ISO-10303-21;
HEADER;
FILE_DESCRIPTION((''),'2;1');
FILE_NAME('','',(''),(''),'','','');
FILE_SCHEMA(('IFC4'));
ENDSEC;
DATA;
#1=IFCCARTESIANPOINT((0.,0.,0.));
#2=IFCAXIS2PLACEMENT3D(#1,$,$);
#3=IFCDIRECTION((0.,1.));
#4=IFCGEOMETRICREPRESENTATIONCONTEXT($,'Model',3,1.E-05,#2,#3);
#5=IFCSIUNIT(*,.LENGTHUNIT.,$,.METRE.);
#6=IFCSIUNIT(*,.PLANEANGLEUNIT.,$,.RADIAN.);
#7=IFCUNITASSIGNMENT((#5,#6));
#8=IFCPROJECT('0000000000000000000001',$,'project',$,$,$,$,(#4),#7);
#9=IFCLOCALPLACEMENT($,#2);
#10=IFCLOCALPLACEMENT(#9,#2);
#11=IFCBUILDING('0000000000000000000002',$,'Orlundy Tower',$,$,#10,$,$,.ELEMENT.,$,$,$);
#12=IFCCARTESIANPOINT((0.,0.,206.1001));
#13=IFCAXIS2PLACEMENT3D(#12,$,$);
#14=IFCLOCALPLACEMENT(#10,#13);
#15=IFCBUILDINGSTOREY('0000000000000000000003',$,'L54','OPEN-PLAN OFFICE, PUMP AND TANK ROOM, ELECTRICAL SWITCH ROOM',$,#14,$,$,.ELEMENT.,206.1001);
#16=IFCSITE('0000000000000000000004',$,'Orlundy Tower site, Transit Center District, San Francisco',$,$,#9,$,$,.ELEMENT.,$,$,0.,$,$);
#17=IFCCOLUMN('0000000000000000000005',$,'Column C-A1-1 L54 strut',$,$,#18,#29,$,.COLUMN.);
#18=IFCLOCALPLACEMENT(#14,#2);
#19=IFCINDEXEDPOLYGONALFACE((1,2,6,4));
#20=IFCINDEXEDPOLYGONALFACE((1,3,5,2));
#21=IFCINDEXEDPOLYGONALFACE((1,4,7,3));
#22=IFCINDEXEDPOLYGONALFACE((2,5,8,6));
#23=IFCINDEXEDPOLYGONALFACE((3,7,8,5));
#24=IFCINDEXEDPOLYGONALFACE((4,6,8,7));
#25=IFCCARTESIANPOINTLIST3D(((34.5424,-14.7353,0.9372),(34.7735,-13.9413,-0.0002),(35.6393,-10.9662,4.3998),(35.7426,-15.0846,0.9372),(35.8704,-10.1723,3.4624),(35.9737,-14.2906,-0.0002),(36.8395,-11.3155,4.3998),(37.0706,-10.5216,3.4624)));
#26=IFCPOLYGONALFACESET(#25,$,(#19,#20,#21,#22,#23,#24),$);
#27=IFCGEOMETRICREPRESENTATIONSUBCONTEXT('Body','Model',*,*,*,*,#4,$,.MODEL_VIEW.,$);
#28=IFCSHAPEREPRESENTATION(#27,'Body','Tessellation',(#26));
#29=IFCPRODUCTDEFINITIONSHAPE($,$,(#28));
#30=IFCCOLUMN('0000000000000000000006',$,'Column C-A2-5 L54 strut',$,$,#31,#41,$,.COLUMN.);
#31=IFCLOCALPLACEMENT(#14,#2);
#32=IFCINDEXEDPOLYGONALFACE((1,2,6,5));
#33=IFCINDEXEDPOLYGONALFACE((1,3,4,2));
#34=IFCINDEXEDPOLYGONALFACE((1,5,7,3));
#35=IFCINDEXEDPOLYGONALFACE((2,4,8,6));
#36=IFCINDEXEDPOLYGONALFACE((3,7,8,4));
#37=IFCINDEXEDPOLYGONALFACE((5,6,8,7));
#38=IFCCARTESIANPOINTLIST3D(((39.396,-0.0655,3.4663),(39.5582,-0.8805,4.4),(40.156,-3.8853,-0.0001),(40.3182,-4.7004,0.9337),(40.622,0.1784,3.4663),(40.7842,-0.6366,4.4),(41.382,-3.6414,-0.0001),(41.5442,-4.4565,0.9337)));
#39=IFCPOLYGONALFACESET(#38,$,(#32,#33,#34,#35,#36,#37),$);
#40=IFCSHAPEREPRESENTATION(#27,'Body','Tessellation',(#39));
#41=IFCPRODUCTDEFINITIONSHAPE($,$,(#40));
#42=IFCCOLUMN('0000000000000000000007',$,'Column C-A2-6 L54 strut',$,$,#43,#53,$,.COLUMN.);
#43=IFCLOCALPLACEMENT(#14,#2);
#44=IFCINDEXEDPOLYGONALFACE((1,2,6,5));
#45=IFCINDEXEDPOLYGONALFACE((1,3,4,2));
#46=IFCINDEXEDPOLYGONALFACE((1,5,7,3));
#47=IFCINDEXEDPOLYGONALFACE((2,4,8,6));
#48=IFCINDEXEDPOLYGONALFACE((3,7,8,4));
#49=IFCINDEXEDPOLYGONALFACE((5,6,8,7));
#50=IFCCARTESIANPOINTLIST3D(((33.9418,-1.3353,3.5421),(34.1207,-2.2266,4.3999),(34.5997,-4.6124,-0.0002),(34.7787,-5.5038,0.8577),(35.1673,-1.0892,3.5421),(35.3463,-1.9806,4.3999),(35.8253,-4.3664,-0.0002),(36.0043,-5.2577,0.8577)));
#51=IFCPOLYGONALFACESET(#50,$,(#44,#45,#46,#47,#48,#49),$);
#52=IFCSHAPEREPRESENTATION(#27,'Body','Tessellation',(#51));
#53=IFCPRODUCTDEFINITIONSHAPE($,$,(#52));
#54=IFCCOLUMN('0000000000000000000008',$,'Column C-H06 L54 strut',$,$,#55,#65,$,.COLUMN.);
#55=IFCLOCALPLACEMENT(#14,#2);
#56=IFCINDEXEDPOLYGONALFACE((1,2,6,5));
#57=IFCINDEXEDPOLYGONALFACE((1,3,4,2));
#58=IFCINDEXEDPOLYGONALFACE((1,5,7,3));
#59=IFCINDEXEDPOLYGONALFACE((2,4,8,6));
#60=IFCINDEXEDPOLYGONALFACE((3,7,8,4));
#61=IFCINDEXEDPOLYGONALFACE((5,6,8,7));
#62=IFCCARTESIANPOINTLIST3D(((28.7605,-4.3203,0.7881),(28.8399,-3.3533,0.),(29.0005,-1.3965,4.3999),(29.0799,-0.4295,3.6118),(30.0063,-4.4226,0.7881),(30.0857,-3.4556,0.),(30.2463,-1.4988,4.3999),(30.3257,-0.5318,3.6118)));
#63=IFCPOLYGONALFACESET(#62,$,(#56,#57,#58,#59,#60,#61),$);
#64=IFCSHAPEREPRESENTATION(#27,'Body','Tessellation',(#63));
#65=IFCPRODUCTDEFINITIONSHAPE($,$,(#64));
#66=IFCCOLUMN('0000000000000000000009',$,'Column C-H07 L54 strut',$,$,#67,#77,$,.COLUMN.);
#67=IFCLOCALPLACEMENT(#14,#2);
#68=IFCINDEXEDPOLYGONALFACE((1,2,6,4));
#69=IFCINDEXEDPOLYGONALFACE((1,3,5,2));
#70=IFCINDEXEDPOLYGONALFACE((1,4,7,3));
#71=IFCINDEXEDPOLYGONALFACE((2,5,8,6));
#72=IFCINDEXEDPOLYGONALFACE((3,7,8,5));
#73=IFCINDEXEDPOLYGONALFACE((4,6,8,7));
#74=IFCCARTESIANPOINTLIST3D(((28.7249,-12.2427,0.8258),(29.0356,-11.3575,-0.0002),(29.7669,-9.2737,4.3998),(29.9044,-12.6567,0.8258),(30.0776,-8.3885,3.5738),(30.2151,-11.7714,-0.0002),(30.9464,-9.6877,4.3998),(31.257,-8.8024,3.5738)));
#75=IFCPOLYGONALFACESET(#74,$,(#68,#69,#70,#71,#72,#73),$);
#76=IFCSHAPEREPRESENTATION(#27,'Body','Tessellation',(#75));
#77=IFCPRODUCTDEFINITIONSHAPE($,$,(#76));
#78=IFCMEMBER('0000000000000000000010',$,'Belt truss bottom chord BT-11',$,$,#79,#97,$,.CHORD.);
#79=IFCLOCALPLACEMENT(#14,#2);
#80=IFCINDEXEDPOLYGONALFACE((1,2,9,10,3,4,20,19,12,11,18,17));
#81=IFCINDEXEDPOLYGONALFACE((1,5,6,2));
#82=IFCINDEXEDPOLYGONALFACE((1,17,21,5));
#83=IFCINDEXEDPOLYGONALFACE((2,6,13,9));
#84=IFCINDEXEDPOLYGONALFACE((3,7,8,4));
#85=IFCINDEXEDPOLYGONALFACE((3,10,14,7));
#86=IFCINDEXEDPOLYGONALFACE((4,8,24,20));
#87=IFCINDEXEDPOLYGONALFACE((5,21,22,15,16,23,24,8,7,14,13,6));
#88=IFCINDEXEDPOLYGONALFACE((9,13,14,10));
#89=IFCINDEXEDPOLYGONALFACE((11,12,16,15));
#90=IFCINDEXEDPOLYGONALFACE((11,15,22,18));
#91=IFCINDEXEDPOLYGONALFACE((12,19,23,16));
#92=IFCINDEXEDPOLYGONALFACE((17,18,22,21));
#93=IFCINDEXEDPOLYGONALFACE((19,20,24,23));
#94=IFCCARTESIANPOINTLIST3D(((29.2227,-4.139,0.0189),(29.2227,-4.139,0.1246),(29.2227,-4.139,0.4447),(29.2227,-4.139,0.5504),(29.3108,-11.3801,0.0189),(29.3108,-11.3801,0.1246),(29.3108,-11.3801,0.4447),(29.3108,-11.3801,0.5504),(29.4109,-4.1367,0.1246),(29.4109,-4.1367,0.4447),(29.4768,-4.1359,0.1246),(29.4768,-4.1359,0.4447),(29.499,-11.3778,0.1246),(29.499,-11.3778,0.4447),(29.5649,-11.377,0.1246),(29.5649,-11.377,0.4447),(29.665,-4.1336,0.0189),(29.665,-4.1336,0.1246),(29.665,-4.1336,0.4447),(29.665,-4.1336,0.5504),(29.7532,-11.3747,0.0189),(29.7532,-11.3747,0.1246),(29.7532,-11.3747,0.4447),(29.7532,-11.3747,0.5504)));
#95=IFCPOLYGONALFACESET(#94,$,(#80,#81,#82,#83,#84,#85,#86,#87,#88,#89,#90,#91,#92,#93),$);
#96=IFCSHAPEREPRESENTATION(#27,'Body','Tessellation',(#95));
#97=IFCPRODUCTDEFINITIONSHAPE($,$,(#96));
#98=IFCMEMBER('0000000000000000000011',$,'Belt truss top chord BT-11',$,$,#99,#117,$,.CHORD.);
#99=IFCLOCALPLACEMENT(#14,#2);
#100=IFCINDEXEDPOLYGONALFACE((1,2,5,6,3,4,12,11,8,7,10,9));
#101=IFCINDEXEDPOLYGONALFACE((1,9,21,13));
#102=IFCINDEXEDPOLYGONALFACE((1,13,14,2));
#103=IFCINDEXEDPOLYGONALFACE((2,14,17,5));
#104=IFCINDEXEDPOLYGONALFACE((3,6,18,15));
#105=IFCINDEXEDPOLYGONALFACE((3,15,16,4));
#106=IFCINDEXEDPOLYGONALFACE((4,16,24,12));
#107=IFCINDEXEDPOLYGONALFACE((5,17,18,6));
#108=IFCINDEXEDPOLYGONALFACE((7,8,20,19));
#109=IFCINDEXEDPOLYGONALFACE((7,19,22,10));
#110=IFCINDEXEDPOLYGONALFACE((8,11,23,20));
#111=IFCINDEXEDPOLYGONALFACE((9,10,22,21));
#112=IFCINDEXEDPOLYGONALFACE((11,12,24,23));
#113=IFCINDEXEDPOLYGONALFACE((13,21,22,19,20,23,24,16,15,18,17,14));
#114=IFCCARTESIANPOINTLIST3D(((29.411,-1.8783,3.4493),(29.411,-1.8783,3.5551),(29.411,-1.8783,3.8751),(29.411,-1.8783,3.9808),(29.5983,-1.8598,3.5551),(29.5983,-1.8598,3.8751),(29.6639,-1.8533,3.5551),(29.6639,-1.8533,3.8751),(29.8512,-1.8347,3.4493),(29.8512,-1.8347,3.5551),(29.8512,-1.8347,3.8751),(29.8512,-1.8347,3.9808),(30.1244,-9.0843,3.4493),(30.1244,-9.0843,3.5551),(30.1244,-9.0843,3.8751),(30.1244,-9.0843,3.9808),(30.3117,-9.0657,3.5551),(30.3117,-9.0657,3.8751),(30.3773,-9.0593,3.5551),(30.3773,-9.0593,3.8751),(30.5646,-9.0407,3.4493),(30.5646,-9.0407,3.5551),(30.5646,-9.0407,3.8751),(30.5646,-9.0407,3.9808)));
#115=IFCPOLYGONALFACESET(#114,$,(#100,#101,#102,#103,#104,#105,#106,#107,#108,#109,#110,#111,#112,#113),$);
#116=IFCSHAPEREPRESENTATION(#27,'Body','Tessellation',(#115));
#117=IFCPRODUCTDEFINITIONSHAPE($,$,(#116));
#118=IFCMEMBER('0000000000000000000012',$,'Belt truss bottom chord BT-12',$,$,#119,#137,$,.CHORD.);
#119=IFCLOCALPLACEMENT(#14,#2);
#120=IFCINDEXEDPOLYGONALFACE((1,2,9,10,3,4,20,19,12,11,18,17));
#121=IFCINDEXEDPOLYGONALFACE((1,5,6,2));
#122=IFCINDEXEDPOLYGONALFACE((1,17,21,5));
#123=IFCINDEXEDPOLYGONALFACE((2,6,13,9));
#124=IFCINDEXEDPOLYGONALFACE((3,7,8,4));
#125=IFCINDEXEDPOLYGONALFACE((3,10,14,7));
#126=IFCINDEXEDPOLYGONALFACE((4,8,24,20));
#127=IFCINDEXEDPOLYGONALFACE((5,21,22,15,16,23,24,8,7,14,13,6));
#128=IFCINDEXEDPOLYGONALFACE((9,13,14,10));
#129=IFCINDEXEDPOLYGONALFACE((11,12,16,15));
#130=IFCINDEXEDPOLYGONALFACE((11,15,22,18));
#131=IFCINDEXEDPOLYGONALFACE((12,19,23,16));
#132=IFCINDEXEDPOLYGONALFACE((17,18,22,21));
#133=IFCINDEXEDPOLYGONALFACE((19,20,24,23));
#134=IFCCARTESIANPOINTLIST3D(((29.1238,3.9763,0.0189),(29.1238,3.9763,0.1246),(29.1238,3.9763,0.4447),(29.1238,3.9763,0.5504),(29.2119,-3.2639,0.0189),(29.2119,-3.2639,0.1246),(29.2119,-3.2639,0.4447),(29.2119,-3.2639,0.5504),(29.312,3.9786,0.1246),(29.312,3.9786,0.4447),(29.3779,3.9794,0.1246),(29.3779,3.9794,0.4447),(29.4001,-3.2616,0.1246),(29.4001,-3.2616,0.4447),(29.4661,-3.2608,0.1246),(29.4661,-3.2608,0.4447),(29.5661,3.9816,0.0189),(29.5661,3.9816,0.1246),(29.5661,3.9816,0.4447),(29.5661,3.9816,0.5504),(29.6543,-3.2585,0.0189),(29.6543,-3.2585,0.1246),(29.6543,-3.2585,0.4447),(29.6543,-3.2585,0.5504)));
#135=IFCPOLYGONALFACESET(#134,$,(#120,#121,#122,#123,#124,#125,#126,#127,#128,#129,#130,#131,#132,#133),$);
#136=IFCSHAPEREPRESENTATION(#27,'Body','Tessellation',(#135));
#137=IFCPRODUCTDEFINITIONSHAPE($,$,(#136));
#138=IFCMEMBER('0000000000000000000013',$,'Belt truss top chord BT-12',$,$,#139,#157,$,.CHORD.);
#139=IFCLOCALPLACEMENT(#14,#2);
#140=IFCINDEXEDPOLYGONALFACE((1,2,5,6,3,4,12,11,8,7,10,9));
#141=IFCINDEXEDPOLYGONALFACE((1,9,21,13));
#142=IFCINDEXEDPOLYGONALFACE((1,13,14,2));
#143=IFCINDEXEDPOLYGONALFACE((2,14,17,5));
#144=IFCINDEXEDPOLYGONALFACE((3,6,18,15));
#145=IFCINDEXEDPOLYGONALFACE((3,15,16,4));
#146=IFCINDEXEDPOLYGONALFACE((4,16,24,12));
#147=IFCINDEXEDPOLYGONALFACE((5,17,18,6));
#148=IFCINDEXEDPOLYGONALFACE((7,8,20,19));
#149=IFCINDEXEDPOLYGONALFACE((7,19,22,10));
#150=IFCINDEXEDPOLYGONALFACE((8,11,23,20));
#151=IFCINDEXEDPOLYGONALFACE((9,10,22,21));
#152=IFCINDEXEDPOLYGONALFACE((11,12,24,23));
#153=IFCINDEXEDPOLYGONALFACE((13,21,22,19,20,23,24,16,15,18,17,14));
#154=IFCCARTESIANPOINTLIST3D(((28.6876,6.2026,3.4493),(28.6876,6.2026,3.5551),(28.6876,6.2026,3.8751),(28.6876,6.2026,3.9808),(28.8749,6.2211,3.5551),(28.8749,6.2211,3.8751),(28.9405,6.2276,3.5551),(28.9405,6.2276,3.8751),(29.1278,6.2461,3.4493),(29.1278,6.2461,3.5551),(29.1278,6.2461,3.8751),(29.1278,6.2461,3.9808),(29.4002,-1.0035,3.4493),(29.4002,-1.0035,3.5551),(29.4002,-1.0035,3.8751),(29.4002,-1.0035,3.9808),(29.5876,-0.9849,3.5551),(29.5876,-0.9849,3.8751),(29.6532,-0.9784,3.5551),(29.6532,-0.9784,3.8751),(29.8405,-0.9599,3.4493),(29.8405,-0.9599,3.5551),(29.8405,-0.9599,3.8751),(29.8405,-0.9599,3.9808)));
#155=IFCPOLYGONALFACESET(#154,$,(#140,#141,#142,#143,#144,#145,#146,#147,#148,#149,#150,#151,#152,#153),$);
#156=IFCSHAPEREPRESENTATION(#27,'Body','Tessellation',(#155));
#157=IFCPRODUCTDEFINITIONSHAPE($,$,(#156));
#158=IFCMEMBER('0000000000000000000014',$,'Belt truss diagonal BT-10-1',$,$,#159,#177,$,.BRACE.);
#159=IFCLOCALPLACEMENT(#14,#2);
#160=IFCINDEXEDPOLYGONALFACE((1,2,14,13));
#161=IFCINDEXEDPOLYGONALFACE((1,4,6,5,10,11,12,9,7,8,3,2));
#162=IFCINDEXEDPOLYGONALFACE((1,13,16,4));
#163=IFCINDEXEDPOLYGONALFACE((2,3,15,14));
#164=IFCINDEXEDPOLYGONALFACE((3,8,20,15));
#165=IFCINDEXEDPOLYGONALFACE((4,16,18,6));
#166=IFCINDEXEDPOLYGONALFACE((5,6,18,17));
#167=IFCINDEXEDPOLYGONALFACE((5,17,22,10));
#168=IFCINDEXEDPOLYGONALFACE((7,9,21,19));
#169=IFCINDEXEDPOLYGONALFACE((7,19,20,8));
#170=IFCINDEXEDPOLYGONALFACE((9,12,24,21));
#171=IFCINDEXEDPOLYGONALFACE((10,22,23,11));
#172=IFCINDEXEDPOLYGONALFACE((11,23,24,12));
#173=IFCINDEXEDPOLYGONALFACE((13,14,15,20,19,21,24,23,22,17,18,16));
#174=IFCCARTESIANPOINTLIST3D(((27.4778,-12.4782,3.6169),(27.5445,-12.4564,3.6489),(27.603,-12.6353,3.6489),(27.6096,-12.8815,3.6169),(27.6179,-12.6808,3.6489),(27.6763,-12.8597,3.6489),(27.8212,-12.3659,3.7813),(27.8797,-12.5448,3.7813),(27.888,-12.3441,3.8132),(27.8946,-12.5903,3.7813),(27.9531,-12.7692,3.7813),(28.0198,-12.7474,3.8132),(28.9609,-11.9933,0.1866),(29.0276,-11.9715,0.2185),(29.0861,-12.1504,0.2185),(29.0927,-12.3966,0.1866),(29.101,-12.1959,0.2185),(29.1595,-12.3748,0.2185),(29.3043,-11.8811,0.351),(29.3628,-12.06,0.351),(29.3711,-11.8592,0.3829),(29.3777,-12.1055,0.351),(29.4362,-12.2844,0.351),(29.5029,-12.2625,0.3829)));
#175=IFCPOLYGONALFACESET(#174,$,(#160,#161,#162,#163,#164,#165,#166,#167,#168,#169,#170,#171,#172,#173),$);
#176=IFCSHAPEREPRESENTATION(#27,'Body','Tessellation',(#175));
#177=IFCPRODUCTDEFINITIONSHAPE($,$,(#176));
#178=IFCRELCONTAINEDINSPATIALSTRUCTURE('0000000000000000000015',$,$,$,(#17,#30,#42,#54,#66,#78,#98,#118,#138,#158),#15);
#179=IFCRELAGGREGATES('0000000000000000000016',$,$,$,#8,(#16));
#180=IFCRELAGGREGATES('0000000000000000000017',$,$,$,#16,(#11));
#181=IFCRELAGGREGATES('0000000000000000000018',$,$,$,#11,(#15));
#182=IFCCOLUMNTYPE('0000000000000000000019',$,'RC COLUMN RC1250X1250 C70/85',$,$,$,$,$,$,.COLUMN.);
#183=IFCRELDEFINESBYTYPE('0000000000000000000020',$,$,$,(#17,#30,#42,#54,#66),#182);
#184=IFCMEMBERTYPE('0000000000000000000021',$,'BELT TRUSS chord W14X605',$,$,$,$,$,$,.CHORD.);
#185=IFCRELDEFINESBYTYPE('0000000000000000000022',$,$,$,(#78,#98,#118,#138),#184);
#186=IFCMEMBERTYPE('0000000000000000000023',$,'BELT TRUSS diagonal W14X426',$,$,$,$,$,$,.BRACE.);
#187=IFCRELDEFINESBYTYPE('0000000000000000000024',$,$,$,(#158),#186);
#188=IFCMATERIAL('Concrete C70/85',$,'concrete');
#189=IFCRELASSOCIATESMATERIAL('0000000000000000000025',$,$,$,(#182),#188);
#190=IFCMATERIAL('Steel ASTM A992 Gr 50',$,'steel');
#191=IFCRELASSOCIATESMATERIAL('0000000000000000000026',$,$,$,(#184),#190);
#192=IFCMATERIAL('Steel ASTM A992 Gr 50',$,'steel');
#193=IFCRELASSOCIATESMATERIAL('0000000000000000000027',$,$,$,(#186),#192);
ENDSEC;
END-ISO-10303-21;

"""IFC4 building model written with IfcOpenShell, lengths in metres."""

from ifc_helpers import new_model, si_unit, direction, frame, origin, origin_2d, place, context, subcontext, project, spatial, rectangle, i_section, extrude, material, material_profile, profile_set, type_object, element, save


model = new_model("IFC4")

# Units and contexts
model_context = context("Model", 3, precision=1e-05, world=origin(), true_north=direction((0.0, 1.0)))
body_context = subcontext(model_context, "Body", "Model", "MODEL_VIEW")
ifc_project = project(units=[si_unit("LENGTHUNIT", "METRE"), si_unit("PLANEANGLEUNIT", "RADIAN")], contexts=[model_context])

# Site, building, storey
site_placement = place(None, origin())
site = spatial("IfcSite", under=ifc_project, at=site_placement, Name="Orlundy Tower site, Transit Center District, San Francisco", CompositionType="ELEMENT", RefElevation=0.0)
building_placement = place(site_placement, origin())
building = spatial("IfcBuilding", under=site, at=building_placement, Name="Orlundy Tower", CompositionType="ELEMENT")
storey_placement = place(building_placement, frame((0.0, 0.0, 206.1001)))
storey = spatial("IfcBuildingStorey", under=building, at=storey_placement, Name="L54", Description="OPEN-PLAN OFFICE, PUMP AND TANK ROOM, ELECTRICAL SWITCH ROOM", CompositionType="ELEMENT", Elevation=206.1001)

# Columns
ifc_material_1 = material(Name="Concrete C70/85", Category="concrete")
ifc_material_profile_1 = material_profile(ifc_material_1, rectangle(XDim=1.25, YDim=1.25, at=origin_2d()), Name="RC1250X1250")
ifc_profile_set_1 = profile_set([ifc_material_profile_1], Name="Concrete C70/85")
column_type = type_object("IfcColumnType", Name="RC COLUMN RC1250X1250 C70/85", PredefinedType="COLUMN", material=ifc_profile_set_1)
column_1_placement = place(storey_placement, frame((35.2581, -14.5129, 0.4685), z_axis=(0.209561, 0.720054, 0.661519), x_axis=(-0.960163, 0.279441, 0.0)))
element("IfcColumn", 1, at=column_1_placement, inside=storey, type_object=column_type, Name="Column C-A1-1 L54 strut", PredefinedType="COLUMN", context=body_context, shape_type="SweptSolid", body=[
    extrude(rectangle(XDim=1.25, YDim=1.25, at=origin_2d()), origin(), (0.0, 0.0, 1.0), 5.2344),
])
column_2_placement = place(storey_placement, frame((40.8501, -4.1709, 0.4668), z_axis=(-0.145768, 0.732634, 0.66483), x_axis=(-0.980775, -0.19514, 0.0)))
element("IfcColumn", 2, at=column_2_placement, inside=storey, type_object=column_type, Name="Column C-A2-5 L54 strut", PredefinedType="COLUMN", context=body_context, shape_type="SweptSolid", body=[
    extrude(rectangle(XDim=1.25, YDim=1.25, at=origin_2d()), origin(), (0.0, 0.0, 1.0), 5.2139),
])
column_3_placement = place(storey_placement, frame((35.302, -4.9351, 0.4287), z_axis=(-0.135096, 0.672876, 0.727315), x_axis=(-0.980434, -0.196846, 0.0)))
element("IfcColumn", 3, at=column_3_placement, inside=storey, type_object=column_type, Name="Column C-A2-6 L54 strut", PredefinedType="COLUMN", context=body_context, shape_type="SweptSolid", body=[
    extrude(rectangle(XDim=1.25, YDim=1.25, at=origin_2d()), origin(), (0.0, 0.0, 1.0), 4.8704),
])
column_4_placement = place(storey_placement, frame((29.4231, -3.8879, 0.394), z_axis=(0.051576, 0.628358, 0.776213), x_axis=(-0.996648, 0.081806, 0.0)))
element("IfcColumn", 4, at=column_4_placement, inside=storey, type_object=column_type, Name="Column C-H06 L54 strut", PredefinedType="COLUMN", context=body_context, shape_type="SweptSolid", body=[
    extrude(rectangle(XDim=1.25, YDim=1.25, at=origin_2d()), origin(), (0.0, 0.0, 1.0), 4.6531),
])
column_5_placement = place(storey_placement, frame((29.47, -12.0071, 0.4128), z_axis=(0.218827, 0.623513, 0.750564), x_axis=(-0.943576, 0.331156, 0.0)))
element("IfcColumn", 5, at=column_5_placement, inside=storey, type_object=column_type, Name="Column C-H07 L54 strut", PredefinedType="COLUMN", context=body_context, shape_type="SweptSolid", body=[
    extrude(rectangle(XDim=1.25, YDim=1.25, at=origin_2d()), origin(), (0.0, 0.0, 1.0), 4.7617),
])

# Members
ifc_material_2 = material(Name="Steel ASTM A992 Gr 50", Category="steel")
ifc_material_profile_2 = material_profile(ifc_material_2, i_section(OverallWidth=0.4424, OverallDepth=0.5315, WebThickness=0.0659, FlangeThickness=0.1057, at=origin_2d()), Name="W14X605")
ifc_profile_set_2 = profile_set([ifc_material_profile_2], Name="Steel ASTM A992 Gr 50")
member_type_1 = type_object("IfcMemberType", Name="BELT TRUSS chord W14X605", PredefinedType="CHORD", material=ifc_profile_set_2)
member_1_placement = place(storey_placement, frame((29.532, -11.3774, 0.2847), z_axis=(-0.01217, 0.999926, 0.0), x_axis=(-0.999926, -0.01217, 0.0)))
element("IfcMember", 6, at=member_1_placement, inside=storey, type_object=member_type_1, Name="Belt truss bottom chord BT-11", PredefinedType="CHORD", context=body_context, shape_type="SweptSolid", body=[
    extrude(i_section(OverallWidth=0.4424, OverallDepth=0.5315, WebThickness=0.0659, FlangeThickness=0.1057, at=origin_2d()), origin(), (0.0, 0.0, 1.0), 7.2417),
])
member_2_placement = place(storey_placement, frame((30.3445, -9.0625, 3.7151), z_axis=(-0.098516, 0.995136, 0.0), x_axis=(-0.995136, -0.098516, 0.0)))
element("IfcMember", 7, at=member_2_placement, inside=storey, type_object=member_type_1, Name="Belt truss top chord BT-11", PredefinedType="CHORD", context=body_context, shape_type="SweptSolid", body=[
    extrude(i_section(OverallWidth=0.4424, OverallDepth=0.5315, WebThickness=0.0659, FlangeThickness=0.1057, at=origin_2d()), origin(), (0.0, 0.0, 1.0), 7.2412),
])
member_3_placement = place(storey_placement, frame((29.4331, -3.2612, 0.2847), z_axis=(-0.012172, 0.999926, 0.0), x_axis=(-0.999926, -0.012172, 0.0)))
element("IfcMember", 8, at=member_3_placement, inside=storey, type_object=member_type_1, Name="Belt truss bottom chord BT-12", PredefinedType="CHORD", context=body_context, shape_type="SweptSolid", body=[
    extrude(i_section(OverallWidth=0.4424, OverallDepth=0.5315, WebThickness=0.0659, FlangeThickness=0.1057, at=origin_2d()), origin(), (0.0, 0.0, 1.0), 7.2407),
])
member_4_placement = place(storey_placement, frame((29.6204, -0.9817, 3.7151), z_axis=(-0.098415, 0.995145, 0.0), x_axis=(-0.995145, -0.098415, 0.0)))
element("IfcMember", 9, at=member_4_placement, inside=storey, type_object=member_type_1, Name="Belt truss top chord BT-12", PredefinedType="CHORD", context=body_context, shape_type="SweptSolid", body=[
    extrude(i_section(OverallWidth=0.4424, OverallDepth=0.5315, WebThickness=0.0659, FlangeThickness=0.1057, at=origin_2d()), origin(), (0.0, 0.0, 1.0), 7.2412),
])
ifc_material_3 = material(Name="Steel ASTM A992 Gr 50", Category="steel")
ifc_material_profile_3 = material_profile(ifc_material_3, i_section(OverallWidth=0.4243, OverallDepth=0.4741, WebThickness=0.0479, FlangeThickness=0.0771, at=origin_2d()), Name="W14X426")
ifc_profile_set_3 = profile_set([ifc_material_profile_3], Name="Steel ASTM A992 Gr 50")
member_type_2 = type_object("IfcMemberType", Name="BELT TRUSS diagonal W14X426", PredefinedType="BRACE", material=ifc_profile_set_3)
member_5_placement = place(storey_placement, frame((27.7488, -12.6128, 3.7151), z_axis=(0.393552, 0.128657, -0.910255), x_axis=(-0.310731, 0.950498, 0.0)))
element("IfcMember", 10, at=member_5_placement, inside=storey, type_object=member_type_2, Name="Belt truss diagonal BT-10-1", PredefinedType="BRACE", context=body_context, shape_type="SweptSolid", body=[
    extrude(i_section(OverallWidth=0.4243, OverallDepth=0.4741, WebThickness=0.0479, FlangeThickness=0.0771, at=origin_2d()), origin(), (0.0, 0.0, 1.0), 3.7686),
])

save(model, "model.ifc")
